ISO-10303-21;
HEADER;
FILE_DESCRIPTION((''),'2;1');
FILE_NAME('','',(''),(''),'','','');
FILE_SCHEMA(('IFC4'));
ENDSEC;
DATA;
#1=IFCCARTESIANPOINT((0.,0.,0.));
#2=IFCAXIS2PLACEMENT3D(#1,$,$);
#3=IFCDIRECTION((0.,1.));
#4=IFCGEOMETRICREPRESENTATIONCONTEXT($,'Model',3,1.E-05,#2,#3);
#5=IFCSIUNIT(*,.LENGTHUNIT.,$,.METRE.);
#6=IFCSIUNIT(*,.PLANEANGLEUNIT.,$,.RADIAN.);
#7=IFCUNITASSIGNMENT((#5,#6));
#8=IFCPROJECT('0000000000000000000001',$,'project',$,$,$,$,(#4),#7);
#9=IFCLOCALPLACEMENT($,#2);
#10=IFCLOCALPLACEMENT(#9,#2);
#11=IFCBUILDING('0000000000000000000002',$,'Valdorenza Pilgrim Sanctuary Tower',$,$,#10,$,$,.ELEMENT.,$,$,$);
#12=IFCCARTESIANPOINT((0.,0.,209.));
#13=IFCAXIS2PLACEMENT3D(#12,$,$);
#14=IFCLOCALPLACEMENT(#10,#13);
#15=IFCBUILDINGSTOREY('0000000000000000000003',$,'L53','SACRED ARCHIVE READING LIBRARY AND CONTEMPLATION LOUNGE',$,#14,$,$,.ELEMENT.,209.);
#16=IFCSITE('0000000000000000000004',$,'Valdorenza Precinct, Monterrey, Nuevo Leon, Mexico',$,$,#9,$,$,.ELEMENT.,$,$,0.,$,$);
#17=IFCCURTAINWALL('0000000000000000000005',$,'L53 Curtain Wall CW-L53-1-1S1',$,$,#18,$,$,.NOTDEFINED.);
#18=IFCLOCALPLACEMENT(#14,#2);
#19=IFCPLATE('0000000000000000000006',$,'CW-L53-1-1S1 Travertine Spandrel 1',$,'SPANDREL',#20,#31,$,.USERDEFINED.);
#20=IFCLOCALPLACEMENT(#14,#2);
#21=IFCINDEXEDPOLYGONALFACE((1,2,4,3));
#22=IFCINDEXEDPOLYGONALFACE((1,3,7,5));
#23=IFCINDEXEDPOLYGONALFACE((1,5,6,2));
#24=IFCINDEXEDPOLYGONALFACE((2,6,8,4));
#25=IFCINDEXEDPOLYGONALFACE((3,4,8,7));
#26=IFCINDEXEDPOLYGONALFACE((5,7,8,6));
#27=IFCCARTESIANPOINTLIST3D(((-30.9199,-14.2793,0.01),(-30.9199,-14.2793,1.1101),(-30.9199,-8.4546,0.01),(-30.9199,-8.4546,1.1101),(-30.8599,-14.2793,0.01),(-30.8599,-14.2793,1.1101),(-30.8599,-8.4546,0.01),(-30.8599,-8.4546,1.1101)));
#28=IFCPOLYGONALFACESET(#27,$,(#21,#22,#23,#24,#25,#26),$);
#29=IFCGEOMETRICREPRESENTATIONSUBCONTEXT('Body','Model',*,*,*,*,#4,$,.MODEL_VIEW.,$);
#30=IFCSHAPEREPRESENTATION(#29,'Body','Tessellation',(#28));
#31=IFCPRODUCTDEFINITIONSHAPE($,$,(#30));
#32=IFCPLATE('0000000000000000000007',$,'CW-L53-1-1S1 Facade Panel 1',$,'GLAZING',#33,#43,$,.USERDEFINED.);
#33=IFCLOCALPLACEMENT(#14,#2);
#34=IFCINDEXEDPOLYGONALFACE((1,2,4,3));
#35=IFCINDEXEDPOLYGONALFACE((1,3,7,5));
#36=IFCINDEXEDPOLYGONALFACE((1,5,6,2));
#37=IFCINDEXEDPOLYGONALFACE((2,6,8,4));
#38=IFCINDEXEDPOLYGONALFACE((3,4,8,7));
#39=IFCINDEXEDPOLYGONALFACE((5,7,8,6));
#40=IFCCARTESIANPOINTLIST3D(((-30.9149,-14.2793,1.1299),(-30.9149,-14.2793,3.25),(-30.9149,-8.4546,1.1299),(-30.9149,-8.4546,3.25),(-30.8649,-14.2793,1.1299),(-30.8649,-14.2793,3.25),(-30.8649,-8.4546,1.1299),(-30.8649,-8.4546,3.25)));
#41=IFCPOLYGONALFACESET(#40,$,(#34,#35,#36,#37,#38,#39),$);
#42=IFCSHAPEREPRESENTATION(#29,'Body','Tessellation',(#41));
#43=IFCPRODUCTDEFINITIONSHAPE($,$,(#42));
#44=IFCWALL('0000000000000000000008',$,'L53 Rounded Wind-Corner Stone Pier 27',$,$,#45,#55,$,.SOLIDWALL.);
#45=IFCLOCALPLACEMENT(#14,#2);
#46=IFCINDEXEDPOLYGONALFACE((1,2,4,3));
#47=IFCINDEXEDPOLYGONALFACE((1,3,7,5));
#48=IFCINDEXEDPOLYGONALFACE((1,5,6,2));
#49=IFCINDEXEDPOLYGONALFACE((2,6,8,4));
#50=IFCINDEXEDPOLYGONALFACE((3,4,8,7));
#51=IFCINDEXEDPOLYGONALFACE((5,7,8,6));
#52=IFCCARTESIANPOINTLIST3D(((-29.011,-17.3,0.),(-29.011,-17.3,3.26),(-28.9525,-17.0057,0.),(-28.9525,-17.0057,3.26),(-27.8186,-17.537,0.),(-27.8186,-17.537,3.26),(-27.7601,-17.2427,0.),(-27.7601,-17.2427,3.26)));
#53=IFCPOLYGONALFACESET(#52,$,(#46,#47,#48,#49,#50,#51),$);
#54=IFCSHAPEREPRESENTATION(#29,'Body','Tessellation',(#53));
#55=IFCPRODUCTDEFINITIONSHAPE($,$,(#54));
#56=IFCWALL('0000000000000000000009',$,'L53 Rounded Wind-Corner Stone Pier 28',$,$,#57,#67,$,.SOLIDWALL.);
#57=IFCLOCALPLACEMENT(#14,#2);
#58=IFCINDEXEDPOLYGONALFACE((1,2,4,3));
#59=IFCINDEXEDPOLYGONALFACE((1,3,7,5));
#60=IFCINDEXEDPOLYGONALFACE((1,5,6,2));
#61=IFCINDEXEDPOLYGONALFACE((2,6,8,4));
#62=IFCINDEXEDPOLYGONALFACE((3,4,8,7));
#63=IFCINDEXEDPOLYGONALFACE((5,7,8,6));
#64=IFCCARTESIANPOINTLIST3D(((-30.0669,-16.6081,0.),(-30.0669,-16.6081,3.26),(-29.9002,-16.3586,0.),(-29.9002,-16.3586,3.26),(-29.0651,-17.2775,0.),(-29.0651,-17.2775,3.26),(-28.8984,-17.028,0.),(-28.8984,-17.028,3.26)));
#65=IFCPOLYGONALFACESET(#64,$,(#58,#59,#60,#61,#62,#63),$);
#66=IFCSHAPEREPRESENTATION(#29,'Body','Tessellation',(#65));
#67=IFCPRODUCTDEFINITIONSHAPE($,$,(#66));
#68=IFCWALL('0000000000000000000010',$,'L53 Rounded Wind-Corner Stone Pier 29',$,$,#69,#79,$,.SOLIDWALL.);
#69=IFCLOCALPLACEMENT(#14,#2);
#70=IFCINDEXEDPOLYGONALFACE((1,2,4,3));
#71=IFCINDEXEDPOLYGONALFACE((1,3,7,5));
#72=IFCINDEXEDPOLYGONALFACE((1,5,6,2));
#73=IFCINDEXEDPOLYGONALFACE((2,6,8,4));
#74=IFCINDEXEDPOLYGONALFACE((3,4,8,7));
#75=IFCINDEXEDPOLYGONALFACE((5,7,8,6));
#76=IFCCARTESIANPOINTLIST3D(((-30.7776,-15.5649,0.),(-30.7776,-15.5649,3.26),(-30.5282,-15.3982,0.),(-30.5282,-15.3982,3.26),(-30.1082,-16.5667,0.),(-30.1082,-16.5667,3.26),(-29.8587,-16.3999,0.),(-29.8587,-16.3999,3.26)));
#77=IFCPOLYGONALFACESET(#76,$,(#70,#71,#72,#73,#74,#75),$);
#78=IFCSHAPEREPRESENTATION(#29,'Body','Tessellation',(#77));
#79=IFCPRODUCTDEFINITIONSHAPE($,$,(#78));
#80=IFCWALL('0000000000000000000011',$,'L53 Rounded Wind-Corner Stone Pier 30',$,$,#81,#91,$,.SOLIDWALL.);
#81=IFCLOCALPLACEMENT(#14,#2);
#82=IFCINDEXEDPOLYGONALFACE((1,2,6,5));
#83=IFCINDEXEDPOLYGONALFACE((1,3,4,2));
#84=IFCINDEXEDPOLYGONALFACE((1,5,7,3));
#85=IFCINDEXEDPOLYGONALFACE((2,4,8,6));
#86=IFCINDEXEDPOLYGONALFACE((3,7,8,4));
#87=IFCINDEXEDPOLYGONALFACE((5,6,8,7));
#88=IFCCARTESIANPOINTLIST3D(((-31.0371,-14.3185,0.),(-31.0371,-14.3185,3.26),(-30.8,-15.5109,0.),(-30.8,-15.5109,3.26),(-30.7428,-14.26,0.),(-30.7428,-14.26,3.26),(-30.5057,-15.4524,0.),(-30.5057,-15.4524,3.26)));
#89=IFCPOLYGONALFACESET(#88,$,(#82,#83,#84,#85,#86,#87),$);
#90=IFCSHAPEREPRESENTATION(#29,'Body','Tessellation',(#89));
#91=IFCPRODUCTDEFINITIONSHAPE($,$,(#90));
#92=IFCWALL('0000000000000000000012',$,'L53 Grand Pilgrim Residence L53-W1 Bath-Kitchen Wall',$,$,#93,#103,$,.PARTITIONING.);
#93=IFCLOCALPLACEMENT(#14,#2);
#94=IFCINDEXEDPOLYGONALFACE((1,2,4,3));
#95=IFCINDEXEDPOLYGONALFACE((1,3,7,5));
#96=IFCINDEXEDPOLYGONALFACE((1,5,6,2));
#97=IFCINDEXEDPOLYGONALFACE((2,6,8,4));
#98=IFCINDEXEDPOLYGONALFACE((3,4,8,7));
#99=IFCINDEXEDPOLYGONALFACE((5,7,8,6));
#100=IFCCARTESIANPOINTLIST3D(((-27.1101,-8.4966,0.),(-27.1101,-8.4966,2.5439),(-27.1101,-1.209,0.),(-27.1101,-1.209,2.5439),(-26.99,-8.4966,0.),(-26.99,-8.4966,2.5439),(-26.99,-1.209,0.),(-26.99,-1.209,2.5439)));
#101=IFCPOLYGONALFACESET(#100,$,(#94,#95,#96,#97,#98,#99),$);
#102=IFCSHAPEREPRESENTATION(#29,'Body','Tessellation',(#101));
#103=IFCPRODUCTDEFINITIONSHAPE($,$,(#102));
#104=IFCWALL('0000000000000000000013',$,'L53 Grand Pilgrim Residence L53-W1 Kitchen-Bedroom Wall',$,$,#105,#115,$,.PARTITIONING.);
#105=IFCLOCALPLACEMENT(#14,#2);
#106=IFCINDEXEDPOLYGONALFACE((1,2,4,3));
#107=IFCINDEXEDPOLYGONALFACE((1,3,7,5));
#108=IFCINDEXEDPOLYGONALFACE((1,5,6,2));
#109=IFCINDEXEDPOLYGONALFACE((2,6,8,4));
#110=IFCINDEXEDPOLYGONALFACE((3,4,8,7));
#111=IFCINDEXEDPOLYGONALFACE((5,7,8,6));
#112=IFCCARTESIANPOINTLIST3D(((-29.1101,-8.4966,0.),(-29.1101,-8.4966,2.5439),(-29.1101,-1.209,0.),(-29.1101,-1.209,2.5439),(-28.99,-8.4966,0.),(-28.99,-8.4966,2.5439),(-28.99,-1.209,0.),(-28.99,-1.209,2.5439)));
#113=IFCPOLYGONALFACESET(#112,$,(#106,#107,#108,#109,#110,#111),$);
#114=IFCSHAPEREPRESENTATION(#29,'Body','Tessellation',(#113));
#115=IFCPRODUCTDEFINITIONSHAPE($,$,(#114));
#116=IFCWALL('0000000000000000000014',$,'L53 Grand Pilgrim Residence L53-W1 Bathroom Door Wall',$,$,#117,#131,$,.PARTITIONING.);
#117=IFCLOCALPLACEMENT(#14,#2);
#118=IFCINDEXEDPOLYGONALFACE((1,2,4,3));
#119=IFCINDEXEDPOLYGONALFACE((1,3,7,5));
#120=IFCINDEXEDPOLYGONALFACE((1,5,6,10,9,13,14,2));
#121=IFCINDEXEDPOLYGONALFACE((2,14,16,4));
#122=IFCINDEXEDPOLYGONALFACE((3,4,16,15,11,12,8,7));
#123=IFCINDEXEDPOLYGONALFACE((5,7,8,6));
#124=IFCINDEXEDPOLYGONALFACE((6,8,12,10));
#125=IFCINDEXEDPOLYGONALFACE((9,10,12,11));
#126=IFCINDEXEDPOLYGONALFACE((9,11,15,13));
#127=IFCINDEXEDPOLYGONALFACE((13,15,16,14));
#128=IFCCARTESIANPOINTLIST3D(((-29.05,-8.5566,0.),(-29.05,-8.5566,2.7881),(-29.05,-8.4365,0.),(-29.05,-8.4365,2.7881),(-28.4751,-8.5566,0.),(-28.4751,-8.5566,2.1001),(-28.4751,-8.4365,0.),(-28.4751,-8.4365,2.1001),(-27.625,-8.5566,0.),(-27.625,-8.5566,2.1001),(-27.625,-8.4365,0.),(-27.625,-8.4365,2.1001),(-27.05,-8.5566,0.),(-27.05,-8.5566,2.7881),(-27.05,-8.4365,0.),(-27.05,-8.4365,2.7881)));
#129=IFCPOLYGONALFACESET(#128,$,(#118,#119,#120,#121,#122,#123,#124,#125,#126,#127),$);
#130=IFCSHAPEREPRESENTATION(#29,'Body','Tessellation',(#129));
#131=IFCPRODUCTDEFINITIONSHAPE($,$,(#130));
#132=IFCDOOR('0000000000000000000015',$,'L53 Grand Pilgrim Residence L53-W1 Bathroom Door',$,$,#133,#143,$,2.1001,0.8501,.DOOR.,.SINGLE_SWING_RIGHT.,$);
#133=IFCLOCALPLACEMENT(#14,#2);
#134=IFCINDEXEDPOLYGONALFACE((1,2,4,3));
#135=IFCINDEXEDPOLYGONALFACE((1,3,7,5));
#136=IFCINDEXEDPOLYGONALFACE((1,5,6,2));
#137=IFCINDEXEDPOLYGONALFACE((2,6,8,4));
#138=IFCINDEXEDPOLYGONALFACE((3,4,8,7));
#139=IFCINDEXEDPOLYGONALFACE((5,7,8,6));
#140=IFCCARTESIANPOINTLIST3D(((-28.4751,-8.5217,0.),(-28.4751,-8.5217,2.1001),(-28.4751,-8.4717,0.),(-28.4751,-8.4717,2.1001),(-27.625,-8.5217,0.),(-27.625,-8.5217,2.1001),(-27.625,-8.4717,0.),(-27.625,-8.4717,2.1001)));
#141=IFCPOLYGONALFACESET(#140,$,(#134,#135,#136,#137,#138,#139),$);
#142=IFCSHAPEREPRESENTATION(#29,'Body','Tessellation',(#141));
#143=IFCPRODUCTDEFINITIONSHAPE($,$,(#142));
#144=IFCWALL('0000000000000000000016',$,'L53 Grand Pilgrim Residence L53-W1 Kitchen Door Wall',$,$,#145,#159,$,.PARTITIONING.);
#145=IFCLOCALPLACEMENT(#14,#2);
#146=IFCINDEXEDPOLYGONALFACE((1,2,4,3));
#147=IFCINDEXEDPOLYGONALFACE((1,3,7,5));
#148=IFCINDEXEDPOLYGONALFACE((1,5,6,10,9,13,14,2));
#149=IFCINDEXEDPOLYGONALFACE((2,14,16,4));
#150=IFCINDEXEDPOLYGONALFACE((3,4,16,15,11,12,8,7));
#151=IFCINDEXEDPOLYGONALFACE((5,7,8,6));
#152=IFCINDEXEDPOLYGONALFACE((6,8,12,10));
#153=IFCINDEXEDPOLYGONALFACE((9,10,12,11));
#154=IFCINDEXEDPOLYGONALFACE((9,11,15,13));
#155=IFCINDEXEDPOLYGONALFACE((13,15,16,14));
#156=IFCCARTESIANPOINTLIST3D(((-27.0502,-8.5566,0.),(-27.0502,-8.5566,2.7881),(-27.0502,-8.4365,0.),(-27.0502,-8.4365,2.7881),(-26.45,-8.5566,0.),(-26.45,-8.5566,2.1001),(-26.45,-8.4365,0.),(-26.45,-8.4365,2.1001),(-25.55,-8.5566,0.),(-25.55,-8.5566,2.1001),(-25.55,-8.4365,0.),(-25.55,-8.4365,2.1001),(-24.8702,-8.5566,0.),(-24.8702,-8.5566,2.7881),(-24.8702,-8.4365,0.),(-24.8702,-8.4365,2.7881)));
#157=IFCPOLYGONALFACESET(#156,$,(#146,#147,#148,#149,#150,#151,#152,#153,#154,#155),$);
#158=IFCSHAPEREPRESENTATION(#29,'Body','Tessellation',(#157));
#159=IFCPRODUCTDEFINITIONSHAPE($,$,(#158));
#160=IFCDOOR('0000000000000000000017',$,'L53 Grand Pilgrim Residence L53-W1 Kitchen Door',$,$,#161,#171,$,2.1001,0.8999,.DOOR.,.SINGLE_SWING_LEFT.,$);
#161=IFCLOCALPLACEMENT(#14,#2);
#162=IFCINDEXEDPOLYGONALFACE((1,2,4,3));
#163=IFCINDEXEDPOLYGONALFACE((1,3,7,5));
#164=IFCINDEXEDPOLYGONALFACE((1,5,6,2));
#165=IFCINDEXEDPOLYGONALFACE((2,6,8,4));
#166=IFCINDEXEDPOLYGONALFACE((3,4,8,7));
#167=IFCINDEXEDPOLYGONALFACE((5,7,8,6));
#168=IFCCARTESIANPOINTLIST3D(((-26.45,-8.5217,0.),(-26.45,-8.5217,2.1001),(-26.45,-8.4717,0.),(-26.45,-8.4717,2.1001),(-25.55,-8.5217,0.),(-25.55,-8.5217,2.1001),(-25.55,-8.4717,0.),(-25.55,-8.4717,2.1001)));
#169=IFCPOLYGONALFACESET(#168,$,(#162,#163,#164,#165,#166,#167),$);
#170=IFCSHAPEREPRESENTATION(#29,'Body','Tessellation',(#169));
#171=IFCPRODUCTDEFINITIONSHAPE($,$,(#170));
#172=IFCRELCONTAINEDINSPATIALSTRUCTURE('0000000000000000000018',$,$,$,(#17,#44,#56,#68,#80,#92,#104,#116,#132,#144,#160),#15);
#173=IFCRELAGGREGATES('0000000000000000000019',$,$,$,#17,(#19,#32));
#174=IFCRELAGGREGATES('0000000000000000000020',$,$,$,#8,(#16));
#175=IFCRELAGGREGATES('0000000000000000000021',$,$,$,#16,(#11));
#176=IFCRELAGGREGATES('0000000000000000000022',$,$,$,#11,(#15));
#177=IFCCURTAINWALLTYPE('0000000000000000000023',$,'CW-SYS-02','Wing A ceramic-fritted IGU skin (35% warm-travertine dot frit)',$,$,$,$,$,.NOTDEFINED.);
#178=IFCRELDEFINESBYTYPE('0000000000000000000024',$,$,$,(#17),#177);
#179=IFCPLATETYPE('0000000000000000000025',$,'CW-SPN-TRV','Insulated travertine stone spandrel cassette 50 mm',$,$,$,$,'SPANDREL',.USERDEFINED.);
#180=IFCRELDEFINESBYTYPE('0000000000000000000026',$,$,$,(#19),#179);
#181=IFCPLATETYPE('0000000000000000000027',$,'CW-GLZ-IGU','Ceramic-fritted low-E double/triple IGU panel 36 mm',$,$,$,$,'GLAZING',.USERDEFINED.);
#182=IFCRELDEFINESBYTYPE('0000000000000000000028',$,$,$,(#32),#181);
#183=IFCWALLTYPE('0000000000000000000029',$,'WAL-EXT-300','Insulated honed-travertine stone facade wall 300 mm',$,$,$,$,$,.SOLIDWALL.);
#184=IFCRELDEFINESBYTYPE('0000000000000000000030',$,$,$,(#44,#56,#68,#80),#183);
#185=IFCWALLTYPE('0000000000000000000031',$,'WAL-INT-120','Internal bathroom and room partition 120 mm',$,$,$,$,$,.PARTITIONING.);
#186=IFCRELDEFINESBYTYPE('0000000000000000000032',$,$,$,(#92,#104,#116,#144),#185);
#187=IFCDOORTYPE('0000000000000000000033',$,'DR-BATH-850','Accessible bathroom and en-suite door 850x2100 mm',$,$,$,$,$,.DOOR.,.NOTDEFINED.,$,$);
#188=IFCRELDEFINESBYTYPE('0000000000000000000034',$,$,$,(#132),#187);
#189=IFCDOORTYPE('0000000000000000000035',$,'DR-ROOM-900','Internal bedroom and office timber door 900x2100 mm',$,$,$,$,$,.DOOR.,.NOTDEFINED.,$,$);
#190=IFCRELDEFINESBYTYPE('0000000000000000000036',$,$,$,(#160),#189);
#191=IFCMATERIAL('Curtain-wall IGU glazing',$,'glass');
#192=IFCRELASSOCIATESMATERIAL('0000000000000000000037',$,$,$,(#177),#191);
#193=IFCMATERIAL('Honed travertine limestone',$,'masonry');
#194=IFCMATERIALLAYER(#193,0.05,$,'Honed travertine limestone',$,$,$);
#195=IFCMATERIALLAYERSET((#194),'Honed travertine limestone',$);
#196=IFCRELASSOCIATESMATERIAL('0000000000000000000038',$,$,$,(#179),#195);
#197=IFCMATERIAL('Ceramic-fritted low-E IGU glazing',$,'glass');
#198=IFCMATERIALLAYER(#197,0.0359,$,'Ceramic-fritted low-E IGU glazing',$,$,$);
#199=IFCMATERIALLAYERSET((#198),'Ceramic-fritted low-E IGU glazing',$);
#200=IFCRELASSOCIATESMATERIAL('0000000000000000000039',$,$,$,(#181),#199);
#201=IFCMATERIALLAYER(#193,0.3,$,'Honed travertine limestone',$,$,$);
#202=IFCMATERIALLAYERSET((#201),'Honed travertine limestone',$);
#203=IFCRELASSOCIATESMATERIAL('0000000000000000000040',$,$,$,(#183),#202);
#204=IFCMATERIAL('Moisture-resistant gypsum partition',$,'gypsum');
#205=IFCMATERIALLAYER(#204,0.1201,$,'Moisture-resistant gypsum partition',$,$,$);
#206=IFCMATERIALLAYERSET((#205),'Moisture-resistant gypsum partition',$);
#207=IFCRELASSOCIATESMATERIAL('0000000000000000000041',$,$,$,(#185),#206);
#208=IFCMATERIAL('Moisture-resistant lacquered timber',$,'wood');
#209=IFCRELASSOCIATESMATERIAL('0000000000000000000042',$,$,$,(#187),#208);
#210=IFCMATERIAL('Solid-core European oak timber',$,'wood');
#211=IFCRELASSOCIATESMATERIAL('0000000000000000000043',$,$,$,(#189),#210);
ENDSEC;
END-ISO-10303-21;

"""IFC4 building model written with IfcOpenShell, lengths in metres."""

from ifc_helpers import new_model, si_unit, direction, frame, frame_2d, origin, origin_2d, place, context, subcontext, project, spatial, rectangle, extrude, source, transform, mapped, material, layer, layer_set, type_object, element, fill, aggregate, save


model = new_model("IFC4")

# Units and contexts
model_context = context("Model", 3, precision=1e-05, world=origin(), true_north=direction((0.0, 1.0)))
body_context = subcontext(model_context, "Body", "Model", "MODEL_VIEW")
ifc_project = project(units=[si_unit("LENGTHUNIT", "METRE"), si_unit("PLANEANGLEUNIT", "RADIAN")], contexts=[model_context])

# Site, building, storey
site_placement = place(None, origin())
site = spatial("IfcSite", under=ifc_project, at=site_placement, Name="Valdorenza Precinct, Monterrey, Nuevo Leon, Mexico", CompositionType="ELEMENT", RefElevation=0.0)
building_placement = place(site_placement, origin())
building = spatial("IfcBuilding", under=site, at=building_placement, Name="Valdorenza Pilgrim Sanctuary Tower", CompositionType="ELEMENT")
storey_placement = place(building_placement, frame((0.0, 0.0, 209.0)))
storey = spatial("IfcBuildingStorey", under=building, at=storey_placement, Name="L53", Description="SACRED ARCHIVE READING LIBRARY AND CONTEMPLATION LOUNGE", CompositionType="ELEMENT", Elevation=209.0)

# Curtain wall
ifc_material_1 = material(Name="Curtain-wall IGU glazing", Category="glass")
curtain_wall_type = type_object("IfcCurtainWallType", Name="CW-SYS-02", Description="Wing A ceramic-fritted IGU skin (35% warm-travertine dot frit)", PredefinedType="NOTDEFINED", material=ifc_material_1)
curtain_wall_1_placement = place(storey_placement, origin())
curtain_wall_1 = element("IfcCurtainWall", 1, at=curtain_wall_1_placement, inside=storey, type_object=curtain_wall_type, Name="L53 Curtain Wall CW-L53-1-1S1", PredefinedType="NOTDEFINED")

# Plates
ifc_material_2 = material(Name="Honed travertine limestone", Category="masonry")
ifc_layer_1 = layer(ifc_material_2, 0.05, Name="Honed travertine limestone")
ifc_layer_set_1 = layer_set([ifc_layer_1], Name="Honed travertine limestone")
plate_type_1 = type_object("IfcPlateType", Name="CW-SPN-TRV", Description="Insulated travertine stone spandrel cassette 50 mm", ElementType="SPANDREL", PredefinedType="USERDEFINED", material=ifc_layer_set_1)
shared_shape_1 = source(origin(), body_context, "Body", "SweptSolid", [
    extrude(rectangle(XDim=5.8247, YDim=0.0601, at=origin_2d()), origin(), (0.0, 0.0, 1.0), 1.1001),
])
plate_1_placement = place(storey_placement, frame((-30.8899, -11.3669, 0.01), z_axis=(0.0, 0.0, 1.0), x_axis=(0.0, 1.0, 0.0)))
plate_1 = element("IfcPlate", 2, at=plate_1_placement, type_object=plate_type_1, Name="CW-L53-1-1S1 Travertine Spandrel 1", ObjectType="SPANDREL", PredefinedType="USERDEFINED", context=body_context, shape_type="MappedRepresentation", body=[
    mapped(shared_shape_1, transform((0.0, 0.0, 0.0), x_axis=(1.0, 0.0, 0.0), y_axis=(0.0, 1.0, 0.0), z_axis=(0.0, 0.0, 1.0), scale=1.0)),
])
ifc_material_3 = material(Name="Ceramic-fritted low-E IGU glazing", Category="glass")
ifc_layer_2 = layer(ifc_material_3, 0.0359, Name="Ceramic-fritted low-E IGU glazing")
ifc_layer_set_2 = layer_set([ifc_layer_2], Name="Ceramic-fritted low-E IGU glazing")
plate_type_2 = type_object("IfcPlateType", Name="CW-GLZ-IGU", Description="Ceramic-fritted low-E double/triple IGU panel 36 mm", ElementType="GLAZING", PredefinedType="USERDEFINED", material=ifc_layer_set_2)
shared_shape_2 = source(origin(), body_context, "Body", "SweptSolid", [
    extrude(rectangle(XDim=5.8247, YDim=0.05, at=origin_2d()), origin(), (0.0, 0.0, 1.0), 2.1201),
])
plate_2_placement = place(storey_placement, frame((-30.8899, -11.3669, 1.1299), z_axis=(0.0, 0.0, 1.0), x_axis=(0.0, 1.0, 0.0)))
plate_2 = element("IfcPlate", 3, at=plate_2_placement, type_object=plate_type_2, Name="CW-L53-1-1S1 Facade Panel 1", ObjectType="GLAZING", PredefinedType="USERDEFINED", context=body_context, shape_type="MappedRepresentation", body=[
    mapped(shared_shape_2, transform((0.0, 0.0, 0.0), x_axis=(1.0, 0.0, 0.0), y_axis=(0.0, 1.0, 0.0), z_axis=(0.0, 0.0, 1.0), scale=1.0)),
])
aggregate(curtain_wall_1, [plate_1, plate_2])

# Walls
ifc_layer_3 = layer(ifc_material_2, 0.3, Name="Honed travertine limestone")
ifc_layer_set_3 = layer_set([ifc_layer_3], Name="Honed travertine limestone")
wall_type_1 = type_object("IfcWallType", Name="WAL-EXT-300", Description="Insulated honed-travertine stone facade wall 300 mm", PredefinedType="SOLIDWALL", material=ifc_layer_set_3)
wall_1_placement = place(storey_placement, frame((-27.7893, -17.3899, 0.0), z_axis=(0.0, 0.0, 1.0), x_axis=(-0.980804, 0.194996, 0.0)))
element("IfcWall", 4, at=wall_1_placement, inside=storey, type_object=wall_type_1, Name="L53 Rounded Wind-Corner Stone Pier 27", PredefinedType="SOLIDWALL", context=body_context, shape_type="SweptSolid", body=[
    extrude(rectangle(XDim=1.2158, YDim=0.3, at=frame_2d((0.6079, 0.0))), origin(), (0.0, 0.0, 1.0), 3.26),
])
for number, where, z_axis, x_axis, name in (
    (5, (-28.9817, -17.1528, 0.0), (0.0, 0.0, 1.0), (-0.831426, 0.555635, 0.0), "L53 Rounded Wind-Corner Stone Pier 28"),
    (6, (-29.9834, -16.4834, 0.0), (0.0, 0.0, 1.0), (-0.555635, 0.831426, 0.0), "L53 Rounded Wind-Corner Stone Pier 29"),
):
    element("IfcWall", number, at=place(storey_placement, frame(where, z_axis=z_axis, x_axis=x_axis)), inside=storey, type_object=wall_type_1, Name=name, PredefinedType="SOLIDWALL", context=body_context, shape_type="SweptSolid", body=[
        extrude(rectangle(XDim=1.2048, YDim=0.3, at=frame_2d((0.6025, 0.0))), origin(), (0.0, 0.0, 1.0), 3.26),
    ])
wall_2_placement = place(storey_placement, frame((-30.6528, -15.4817, 0.0), z_axis=(0.0, 0.0, 1.0), x_axis=(-0.194996, 0.980804, 0.0)))
element("IfcWall", 7, at=wall_2_placement, inside=storey, type_object=wall_type_1, Name="L53 Rounded Wind-Corner Stone Pier 30", PredefinedType="SOLIDWALL", context=body_context, shape_type="SweptSolid", body=[
    extrude(rectangle(XDim=1.2158, YDim=0.3, at=frame_2d((0.6079, 0.0))), origin(), (0.0, 0.0, 1.0), 3.26),
])
ifc_material_4 = material(Name="Moisture-resistant gypsum partition", Category="gypsum")
ifc_layer_4 = layer(ifc_material_4, 0.1201, Name="Moisture-resistant gypsum partition")
ifc_layer_set_4 = layer_set([ifc_layer_4], Name="Moisture-resistant gypsum partition")
wall_type_2 = type_object("IfcWallType", Name="WAL-INT-120", Description="Internal bathroom and room partition 120 mm", PredefinedType="PARTITIONING", material=ifc_layer_set_4)
for number, where, z_axis, x_axis, name in (
    (8, (-27.05, -8.4966, 0.0), (0.0, 0.0, 1.0), (0.0, 1.0, 0.0), "L53 Grand Pilgrim Residence L53-W1 Bath-Kitchen Wall"),
    (9, (-29.05, -8.4966, 0.0), (0.0, 0.0, 1.0), (0.0, 1.0, 0.0), "L53 Grand Pilgrim Residence L53-W1 Kitchen-Bedroom Wall"),
):
    element("IfcWall", number, at=place(storey_placement, frame(where, z_axis=z_axis, x_axis=x_axis)), inside=storey, type_object=wall_type_2, Name=name, PredefinedType="PARTITIONING", context=body_context, shape_type="SweptSolid", body=[
        extrude(rectangle(XDim=7.2876, YDim=0.1201, at=frame_2d((3.6438, 0.0))), origin(), (0.0, 0.0, 1.0), 2.5439),
    ])

# Walls, openings, doors
wall_3_placement = place(storey_placement, frame((-29.05, -8.4966, 0.0), z_axis=(0.0, 0.0, 1.0), x_axis=(1.0, 0.0, 0.0)))
wall_3 = element("IfcWall", 10, at=wall_3_placement, inside=storey, type_object=wall_type_2, Name="L53 Grand Pilgrim Residence L53-W1 Bathroom Door Wall", PredefinedType="PARTITIONING", context=body_context, shape_type="SweptSolid", body=[
    extrude(rectangle(XDim=2.0, YDim=0.1201, at=frame_2d((1.0, 0.0))), origin(), (0.0, 0.0, 1.0), 2.7881),
])
opening_1_placement = place(wall_3_placement, frame((0.575, 0.0, 0.0)))
opening_1 = element("IfcOpeningElement", 11, at=opening_1_placement, cuts=wall_3, PredefinedType="OPENING", context=body_context, shape_type="SweptSolid", body=[
    extrude(rectangle(XDim=0.8501, YDim=2.1001, at=frame_2d((0.425, 1.05))), frame((0.0, 0.075, 0.0), z_axis=(0.0, -1.0, 0.0), x_axis=(1.0, 0.0, 0.0)), (0.0, 0.0, 1.0), 0.1499),
])
ifc_material_5 = material(Name="Moisture-resistant lacquered timber", Category="wood")
door_type_1 = type_object("IfcDoorType", Name="DR-BATH-850", Description="Accessible bathroom and en-suite door 850x2100 mm", OperationType="NOTDEFINED", PredefinedType="DOOR", material=ifc_material_5)
door_1_placement = place(opening_1_placement, origin())
door_1 = element("IfcDoor", 12, at=door_1_placement, inside=storey, type_object=door_type_1, Name="L53 Grand Pilgrim Residence L53-W1 Bathroom Door", OperationType="SINGLE_SWING_RIGHT", OverallHeight=2.1001, OverallWidth=0.8501, PredefinedType="DOOR", context=body_context, shape_type="SweptSolid", body=[
    extrude(rectangle(XDim=0.8501, YDim=2.1001, at=frame_2d((0.425, 1.05))), frame((0.0, 0.0249, 0.0), z_axis=(0.0, -1.0, 0.0), x_axis=(1.0, 0.0, 0.0)), (0.0, 0.0, 1.0), 0.05),
])
fill(opening_1, door_1)
wall_4_placement = place(storey_placement, frame((-27.05, -8.4966, 0.0), z_axis=(0.0, 0.0, 1.0), x_axis=(1.0, 0.0, 0.0)))
wall_4 = element("IfcWall", 13, at=wall_4_placement, inside=storey, type_object=wall_type_2, Name="L53 Grand Pilgrim Residence L53-W1 Kitchen Door Wall", PredefinedType="PARTITIONING", context=body_context, shape_type="SweptSolid", body=[
    extrude(rectangle(XDim=2.1799, YDim=0.1201, at=frame_2d((1.0898, 0.0))), origin(), (0.0, 0.0, 1.0), 2.7881),
])
opening_2_placement = place(wall_4_placement, frame((0.6001, 0.0, 0.0)))
opening_2 = element("IfcOpeningElement", 14, at=opening_2_placement, cuts=wall_4, PredefinedType="OPENING", context=body_context, shape_type="SweptSolid", body=[
    extrude(rectangle(XDim=0.8999, YDim=2.1001, at=frame_2d((0.45, 1.05))), frame((0.0, 0.075, 0.0), z_axis=(0.0, -1.0, 0.0), x_axis=(1.0, 0.0, 0.0)), (0.0, 0.0, 1.0), 0.1499),
])
ifc_material_6 = material(Name="Solid-core European oak timber", Category="wood")
door_type_2 = type_object("IfcDoorType", Name="DR-ROOM-900", Description="Internal bedroom and office timber door 900x2100 mm", OperationType="NOTDEFINED", PredefinedType="DOOR", material=ifc_material_6)
door_2_placement = place(opening_2_placement, origin())
door_2 = element("IfcDoor", 15, at=door_2_placement, inside=storey, type_object=door_type_2, Name="L53 Grand Pilgrim Residence L53-W1 Kitchen Door", OperationType="SINGLE_SWING_LEFT", OverallHeight=2.1001, OverallWidth=0.8999, PredefinedType="DOOR", context=body_context, shape_type="SweptSolid", body=[
    extrude(rectangle(XDim=0.8999, YDim=2.1001, at=frame_2d((0.45, 1.05))), frame((0.0, 0.0249, 0.0), z_axis=(0.0, -1.0, 0.0), x_axis=(1.0, 0.0, 0.0)), (0.0, 0.0, 1.0), 0.05),
])
fill(opening_2, door_2)

save(model, "model.ifc")
